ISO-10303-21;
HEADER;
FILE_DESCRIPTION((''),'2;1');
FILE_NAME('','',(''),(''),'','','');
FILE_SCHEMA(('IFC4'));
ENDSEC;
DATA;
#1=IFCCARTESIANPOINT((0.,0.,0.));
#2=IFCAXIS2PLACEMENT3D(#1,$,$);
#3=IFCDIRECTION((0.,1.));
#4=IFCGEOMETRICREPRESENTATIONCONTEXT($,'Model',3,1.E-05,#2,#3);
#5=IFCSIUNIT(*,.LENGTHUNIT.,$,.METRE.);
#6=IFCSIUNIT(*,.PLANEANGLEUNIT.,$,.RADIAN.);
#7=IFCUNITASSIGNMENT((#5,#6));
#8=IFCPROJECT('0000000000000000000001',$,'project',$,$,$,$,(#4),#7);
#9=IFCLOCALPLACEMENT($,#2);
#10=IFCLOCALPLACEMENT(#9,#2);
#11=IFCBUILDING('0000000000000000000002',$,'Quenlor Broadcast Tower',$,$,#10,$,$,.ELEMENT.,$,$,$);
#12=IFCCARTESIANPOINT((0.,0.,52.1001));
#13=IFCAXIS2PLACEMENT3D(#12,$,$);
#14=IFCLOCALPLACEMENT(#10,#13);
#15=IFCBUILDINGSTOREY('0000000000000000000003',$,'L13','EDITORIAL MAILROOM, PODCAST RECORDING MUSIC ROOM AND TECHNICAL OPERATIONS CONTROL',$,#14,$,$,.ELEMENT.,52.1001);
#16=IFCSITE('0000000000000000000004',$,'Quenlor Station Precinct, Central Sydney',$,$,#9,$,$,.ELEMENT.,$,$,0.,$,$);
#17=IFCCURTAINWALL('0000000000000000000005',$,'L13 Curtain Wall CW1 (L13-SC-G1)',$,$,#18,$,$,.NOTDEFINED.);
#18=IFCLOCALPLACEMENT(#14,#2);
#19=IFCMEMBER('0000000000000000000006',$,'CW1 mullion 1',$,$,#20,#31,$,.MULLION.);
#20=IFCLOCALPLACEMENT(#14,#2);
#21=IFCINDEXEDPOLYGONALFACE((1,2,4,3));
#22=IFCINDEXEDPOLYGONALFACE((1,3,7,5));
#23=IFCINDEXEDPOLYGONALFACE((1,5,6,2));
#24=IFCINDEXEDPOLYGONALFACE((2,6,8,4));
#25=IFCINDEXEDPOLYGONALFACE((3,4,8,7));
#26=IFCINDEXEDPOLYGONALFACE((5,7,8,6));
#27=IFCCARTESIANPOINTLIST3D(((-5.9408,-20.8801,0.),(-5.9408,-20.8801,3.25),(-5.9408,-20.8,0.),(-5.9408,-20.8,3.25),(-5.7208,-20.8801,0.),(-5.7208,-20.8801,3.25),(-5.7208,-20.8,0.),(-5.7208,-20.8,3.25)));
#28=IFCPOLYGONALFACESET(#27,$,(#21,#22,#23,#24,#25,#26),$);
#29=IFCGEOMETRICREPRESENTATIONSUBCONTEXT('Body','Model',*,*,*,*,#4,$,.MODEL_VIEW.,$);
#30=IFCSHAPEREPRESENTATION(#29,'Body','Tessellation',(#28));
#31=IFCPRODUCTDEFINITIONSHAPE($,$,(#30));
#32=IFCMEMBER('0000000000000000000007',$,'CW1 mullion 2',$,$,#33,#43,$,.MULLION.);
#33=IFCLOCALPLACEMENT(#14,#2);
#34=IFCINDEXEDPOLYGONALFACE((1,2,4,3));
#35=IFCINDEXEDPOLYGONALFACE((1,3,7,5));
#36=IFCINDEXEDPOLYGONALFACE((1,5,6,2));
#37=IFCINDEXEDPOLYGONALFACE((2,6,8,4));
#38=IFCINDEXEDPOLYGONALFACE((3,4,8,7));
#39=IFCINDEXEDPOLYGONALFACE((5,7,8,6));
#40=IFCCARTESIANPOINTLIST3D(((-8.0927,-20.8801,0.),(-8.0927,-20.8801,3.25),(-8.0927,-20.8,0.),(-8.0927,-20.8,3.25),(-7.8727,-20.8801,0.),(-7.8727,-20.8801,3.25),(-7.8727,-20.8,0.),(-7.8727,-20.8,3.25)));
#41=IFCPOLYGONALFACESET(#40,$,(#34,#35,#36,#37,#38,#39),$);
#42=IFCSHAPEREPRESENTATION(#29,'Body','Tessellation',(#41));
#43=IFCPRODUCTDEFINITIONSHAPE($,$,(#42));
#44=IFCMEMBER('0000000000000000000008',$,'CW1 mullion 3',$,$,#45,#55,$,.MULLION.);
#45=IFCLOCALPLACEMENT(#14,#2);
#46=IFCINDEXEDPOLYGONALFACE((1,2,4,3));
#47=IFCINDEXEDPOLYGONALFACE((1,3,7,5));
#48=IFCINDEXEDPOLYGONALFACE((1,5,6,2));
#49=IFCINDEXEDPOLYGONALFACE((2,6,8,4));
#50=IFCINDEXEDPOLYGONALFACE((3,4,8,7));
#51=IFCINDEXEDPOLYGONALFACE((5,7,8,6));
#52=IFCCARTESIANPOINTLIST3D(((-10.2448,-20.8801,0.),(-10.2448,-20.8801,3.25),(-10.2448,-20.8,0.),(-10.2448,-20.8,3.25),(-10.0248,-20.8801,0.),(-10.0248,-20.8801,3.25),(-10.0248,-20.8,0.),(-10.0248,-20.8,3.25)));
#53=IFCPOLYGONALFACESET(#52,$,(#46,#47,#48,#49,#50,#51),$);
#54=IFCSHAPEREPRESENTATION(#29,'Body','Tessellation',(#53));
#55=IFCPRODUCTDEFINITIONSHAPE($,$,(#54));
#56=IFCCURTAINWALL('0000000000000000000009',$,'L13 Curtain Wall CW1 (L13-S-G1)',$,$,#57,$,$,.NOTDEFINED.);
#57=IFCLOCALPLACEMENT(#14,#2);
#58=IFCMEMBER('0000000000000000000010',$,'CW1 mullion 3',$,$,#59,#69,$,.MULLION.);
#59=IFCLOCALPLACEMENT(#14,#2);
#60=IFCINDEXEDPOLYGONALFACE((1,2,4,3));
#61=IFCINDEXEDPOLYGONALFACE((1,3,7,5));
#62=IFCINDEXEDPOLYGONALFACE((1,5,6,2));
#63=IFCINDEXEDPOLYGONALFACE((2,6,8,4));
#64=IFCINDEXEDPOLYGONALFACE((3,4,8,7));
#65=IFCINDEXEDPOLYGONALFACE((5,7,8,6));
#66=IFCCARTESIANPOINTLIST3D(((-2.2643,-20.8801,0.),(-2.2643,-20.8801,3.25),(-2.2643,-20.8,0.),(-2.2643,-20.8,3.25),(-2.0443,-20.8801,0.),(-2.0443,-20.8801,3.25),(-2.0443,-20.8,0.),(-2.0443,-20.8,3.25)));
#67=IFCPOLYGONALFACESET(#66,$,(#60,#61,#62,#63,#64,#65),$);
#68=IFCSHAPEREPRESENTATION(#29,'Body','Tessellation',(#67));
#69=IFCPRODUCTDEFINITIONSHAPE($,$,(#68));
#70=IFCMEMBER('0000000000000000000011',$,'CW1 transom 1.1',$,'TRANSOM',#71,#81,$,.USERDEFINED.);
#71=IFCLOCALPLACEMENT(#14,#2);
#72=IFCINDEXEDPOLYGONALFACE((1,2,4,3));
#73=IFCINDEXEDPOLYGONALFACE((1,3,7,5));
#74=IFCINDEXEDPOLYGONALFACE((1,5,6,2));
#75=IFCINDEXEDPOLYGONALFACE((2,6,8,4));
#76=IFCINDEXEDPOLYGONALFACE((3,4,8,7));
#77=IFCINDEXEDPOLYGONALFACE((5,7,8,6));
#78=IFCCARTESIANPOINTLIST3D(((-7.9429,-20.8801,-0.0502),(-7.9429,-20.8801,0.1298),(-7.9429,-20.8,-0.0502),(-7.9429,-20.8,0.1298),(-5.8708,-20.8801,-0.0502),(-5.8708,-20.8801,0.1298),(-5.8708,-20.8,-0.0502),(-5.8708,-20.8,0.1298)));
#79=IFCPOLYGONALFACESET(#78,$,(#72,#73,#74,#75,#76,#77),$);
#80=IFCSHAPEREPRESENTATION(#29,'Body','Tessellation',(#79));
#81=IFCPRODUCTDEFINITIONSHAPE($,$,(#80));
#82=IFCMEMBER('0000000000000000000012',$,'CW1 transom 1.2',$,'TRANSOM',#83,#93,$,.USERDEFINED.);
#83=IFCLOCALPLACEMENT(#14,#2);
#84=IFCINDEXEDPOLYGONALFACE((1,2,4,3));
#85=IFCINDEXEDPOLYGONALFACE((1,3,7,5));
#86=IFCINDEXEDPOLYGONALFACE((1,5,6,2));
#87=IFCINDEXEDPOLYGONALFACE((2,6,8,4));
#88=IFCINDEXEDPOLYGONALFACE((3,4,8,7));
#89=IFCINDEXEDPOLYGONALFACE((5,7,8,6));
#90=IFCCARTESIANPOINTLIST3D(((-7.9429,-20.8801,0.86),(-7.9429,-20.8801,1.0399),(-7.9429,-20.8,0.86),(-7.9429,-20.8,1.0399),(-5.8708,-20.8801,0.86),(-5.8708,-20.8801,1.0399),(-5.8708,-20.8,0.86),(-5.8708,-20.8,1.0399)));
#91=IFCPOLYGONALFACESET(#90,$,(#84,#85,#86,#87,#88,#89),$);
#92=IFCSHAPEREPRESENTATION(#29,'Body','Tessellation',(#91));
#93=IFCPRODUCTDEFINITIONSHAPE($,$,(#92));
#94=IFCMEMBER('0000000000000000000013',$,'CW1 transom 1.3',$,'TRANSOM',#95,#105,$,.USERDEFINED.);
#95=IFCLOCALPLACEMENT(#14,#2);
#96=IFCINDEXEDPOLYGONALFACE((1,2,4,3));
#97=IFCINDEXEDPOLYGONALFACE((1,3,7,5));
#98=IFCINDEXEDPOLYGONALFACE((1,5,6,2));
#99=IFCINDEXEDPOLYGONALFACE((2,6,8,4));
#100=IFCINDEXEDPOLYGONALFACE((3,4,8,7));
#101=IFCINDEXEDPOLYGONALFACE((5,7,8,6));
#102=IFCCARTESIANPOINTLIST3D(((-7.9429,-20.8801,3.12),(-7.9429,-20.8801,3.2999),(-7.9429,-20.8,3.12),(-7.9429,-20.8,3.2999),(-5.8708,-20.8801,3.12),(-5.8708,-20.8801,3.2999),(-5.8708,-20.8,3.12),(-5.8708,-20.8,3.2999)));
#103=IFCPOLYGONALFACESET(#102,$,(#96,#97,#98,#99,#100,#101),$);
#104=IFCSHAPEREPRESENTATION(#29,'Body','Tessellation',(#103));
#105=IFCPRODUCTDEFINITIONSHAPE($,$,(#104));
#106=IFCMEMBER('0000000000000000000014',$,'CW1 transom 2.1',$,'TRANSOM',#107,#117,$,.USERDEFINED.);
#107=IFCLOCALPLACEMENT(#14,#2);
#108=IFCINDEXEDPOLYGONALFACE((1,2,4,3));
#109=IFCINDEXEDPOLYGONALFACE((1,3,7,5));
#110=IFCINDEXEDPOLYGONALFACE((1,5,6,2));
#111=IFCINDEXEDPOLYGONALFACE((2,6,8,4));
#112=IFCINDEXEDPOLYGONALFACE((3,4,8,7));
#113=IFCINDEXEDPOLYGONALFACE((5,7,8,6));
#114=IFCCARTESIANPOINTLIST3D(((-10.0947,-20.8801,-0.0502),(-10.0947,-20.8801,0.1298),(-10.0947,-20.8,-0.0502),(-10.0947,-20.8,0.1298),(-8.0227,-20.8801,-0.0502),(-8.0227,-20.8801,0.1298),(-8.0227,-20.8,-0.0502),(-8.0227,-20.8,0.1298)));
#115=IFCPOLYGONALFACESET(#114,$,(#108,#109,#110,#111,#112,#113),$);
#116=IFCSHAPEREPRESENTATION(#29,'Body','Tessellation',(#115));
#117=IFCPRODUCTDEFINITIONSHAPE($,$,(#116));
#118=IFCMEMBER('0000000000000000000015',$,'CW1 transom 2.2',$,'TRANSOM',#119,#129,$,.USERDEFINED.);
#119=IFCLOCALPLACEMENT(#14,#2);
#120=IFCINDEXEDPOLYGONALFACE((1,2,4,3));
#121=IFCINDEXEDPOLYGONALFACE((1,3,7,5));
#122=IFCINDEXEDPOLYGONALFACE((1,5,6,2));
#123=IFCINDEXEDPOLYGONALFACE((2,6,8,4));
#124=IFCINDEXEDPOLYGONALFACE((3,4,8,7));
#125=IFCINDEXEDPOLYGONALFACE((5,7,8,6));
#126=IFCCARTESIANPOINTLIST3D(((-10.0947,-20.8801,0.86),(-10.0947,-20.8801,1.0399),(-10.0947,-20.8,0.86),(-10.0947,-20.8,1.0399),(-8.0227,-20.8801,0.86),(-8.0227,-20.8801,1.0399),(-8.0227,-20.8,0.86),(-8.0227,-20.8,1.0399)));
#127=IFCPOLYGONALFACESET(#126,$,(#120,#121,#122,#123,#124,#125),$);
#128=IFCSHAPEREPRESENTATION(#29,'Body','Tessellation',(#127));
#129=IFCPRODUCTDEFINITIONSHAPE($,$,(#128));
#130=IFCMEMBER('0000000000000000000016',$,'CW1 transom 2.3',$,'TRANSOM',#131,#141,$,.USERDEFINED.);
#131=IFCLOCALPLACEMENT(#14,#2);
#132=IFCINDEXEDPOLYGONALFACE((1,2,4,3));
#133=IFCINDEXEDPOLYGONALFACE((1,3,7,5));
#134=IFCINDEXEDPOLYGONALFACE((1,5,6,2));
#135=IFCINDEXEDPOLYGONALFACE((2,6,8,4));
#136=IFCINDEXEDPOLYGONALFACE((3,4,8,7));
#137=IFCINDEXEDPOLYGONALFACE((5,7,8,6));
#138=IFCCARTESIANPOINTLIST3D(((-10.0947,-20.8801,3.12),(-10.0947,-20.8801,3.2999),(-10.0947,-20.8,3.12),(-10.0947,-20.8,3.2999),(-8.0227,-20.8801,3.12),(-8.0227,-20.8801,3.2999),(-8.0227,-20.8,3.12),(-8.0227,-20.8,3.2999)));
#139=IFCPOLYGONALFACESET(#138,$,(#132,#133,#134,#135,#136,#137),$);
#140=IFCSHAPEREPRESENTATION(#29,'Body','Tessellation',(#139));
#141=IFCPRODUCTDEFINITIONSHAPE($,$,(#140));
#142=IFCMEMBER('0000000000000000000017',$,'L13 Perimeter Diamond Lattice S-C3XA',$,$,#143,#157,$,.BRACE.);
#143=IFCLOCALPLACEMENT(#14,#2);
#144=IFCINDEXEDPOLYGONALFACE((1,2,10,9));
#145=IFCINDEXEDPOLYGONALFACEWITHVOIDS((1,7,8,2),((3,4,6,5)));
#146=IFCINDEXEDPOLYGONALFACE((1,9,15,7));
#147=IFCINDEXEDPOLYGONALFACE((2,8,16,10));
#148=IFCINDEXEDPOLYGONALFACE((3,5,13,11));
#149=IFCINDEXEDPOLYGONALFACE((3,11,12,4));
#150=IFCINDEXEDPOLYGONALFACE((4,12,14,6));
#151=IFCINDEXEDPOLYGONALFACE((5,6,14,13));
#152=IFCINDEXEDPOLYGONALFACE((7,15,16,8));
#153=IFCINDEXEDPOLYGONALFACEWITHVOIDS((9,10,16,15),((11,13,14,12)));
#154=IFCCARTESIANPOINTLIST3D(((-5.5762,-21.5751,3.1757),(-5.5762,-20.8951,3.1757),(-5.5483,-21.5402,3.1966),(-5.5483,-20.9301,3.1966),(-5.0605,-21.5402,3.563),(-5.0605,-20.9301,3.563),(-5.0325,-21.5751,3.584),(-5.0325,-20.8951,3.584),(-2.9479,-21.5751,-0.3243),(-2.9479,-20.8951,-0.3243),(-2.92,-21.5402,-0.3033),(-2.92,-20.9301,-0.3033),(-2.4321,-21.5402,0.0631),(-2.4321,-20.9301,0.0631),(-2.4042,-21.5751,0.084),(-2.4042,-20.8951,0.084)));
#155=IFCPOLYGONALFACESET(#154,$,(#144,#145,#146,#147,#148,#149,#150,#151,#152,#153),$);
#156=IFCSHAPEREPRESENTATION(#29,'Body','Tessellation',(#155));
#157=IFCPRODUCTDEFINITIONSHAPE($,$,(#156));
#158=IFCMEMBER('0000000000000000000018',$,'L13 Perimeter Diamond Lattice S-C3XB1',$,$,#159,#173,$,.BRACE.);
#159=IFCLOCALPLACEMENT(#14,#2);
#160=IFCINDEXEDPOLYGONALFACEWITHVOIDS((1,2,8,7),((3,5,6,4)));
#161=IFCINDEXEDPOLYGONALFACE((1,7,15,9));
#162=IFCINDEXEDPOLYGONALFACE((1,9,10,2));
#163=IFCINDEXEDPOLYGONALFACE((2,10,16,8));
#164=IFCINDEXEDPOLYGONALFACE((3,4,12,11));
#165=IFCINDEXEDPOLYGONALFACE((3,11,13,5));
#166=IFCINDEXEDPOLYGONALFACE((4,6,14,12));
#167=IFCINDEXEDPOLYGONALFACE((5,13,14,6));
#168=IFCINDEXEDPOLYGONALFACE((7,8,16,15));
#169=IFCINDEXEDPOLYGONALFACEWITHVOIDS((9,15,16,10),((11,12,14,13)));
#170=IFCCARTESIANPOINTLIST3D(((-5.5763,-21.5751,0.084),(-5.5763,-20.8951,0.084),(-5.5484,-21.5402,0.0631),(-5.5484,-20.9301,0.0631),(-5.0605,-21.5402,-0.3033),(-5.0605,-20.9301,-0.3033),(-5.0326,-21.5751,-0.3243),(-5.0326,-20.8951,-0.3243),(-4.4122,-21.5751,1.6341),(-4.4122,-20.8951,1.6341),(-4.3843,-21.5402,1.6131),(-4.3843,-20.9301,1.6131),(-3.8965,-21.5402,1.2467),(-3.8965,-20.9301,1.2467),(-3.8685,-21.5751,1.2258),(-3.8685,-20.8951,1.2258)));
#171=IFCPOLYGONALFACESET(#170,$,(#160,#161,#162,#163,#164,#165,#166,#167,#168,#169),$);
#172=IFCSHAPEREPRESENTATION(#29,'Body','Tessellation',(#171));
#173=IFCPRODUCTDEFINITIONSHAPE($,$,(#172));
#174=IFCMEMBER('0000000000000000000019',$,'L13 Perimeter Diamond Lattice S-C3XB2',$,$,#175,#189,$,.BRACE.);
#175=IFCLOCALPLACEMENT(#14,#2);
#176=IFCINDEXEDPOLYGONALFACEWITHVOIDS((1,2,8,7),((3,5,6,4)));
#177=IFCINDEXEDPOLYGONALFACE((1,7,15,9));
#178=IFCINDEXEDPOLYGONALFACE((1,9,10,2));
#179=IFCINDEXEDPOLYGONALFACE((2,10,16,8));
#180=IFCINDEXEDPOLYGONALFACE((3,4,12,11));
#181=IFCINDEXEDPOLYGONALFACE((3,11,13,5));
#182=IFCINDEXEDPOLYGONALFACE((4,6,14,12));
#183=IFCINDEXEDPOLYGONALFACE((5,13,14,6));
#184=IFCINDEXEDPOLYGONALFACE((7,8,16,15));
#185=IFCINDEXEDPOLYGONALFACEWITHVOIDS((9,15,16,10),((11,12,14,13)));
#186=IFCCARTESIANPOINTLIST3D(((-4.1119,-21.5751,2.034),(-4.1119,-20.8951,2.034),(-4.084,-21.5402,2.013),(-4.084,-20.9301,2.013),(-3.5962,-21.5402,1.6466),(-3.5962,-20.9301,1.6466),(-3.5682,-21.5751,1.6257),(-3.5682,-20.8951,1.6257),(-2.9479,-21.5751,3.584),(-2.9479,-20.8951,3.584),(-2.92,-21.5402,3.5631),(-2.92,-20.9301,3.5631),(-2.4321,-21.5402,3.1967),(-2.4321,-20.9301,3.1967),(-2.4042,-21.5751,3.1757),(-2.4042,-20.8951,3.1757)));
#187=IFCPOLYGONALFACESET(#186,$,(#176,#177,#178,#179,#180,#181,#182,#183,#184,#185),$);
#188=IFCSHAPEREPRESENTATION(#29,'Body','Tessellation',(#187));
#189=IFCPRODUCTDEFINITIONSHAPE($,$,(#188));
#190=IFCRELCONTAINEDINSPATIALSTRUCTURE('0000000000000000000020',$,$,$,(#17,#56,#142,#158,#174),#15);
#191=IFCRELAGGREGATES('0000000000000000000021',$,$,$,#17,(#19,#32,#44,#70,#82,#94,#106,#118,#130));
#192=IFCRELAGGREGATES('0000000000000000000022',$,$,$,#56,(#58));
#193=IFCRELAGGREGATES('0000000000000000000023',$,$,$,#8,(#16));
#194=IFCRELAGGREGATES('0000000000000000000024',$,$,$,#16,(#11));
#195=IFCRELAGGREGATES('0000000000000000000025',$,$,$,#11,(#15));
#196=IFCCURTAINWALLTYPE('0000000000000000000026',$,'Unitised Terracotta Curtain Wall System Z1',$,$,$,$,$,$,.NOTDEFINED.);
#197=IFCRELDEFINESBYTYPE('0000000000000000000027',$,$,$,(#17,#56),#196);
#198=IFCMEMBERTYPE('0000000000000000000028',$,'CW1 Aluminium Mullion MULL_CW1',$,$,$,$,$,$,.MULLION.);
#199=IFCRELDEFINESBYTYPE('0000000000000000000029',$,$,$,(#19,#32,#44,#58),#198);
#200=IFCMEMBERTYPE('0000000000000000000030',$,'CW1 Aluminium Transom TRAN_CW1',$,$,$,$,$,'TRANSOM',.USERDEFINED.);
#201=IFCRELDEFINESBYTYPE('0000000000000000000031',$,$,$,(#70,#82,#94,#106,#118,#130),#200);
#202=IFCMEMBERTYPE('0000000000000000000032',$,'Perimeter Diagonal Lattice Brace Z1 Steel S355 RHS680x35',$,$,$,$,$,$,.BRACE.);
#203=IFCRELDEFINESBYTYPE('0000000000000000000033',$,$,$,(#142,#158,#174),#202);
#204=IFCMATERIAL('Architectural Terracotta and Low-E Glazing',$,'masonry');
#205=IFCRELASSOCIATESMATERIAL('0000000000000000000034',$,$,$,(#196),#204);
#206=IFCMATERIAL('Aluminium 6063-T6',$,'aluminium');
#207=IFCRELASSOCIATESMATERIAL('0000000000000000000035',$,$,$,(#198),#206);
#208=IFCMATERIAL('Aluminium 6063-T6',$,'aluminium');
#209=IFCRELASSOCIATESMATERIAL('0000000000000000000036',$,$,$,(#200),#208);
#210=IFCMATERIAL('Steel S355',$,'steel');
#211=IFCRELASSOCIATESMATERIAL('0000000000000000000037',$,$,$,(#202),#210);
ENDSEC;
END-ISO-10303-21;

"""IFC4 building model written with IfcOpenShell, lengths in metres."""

from ifc_helpers import new_model, si_unit, direction, frame, origin, origin_2d, place, context, subcontext, project, spatial, rectangle, hollow_rectangle, extrude, material, material_profile, profile_set, type_object, element, aggregate, save


model = new_model("IFC4")

# Units and contexts
model_context = context("Model", 3, precision=1e-05, world=origin(), true_north=direction((0.0, 1.0)))
body_context = subcontext(model_context, "Body", "Model", "MODEL_VIEW")
ifc_project = project(units=[si_unit("LENGTHUNIT", "METRE"), si_unit("PLANEANGLEUNIT", "RADIAN")], contexts=[model_context])

# Site, building, storey
site_placement = place(None, origin())
site = spatial("IfcSite", under=ifc_project, at=site_placement, Name="Quenlor Station Precinct, Central Sydney", CompositionType="ELEMENT", RefElevation=0.0)
building_placement = place(site_placement, origin())
building = spatial("IfcBuilding", under=site, at=building_placement, Name="Quenlor Broadcast Tower", CompositionType="ELEMENT")
storey_placement = place(building_placement, frame((0.0, 0.0, 52.1001)))
storey = spatial("IfcBuildingStorey", under=building, at=storey_placement, Name="L13", Description="EDITORIAL MAILROOM, PODCAST RECORDING MUSIC ROOM AND TECHNICAL OPERATIONS CONTROL", CompositionType="ELEMENT", Elevation=52.1001)

# Curtain wall, members
ifc_material_1 = material(Name="Architectural Terracotta and Low-E Glazing", Category="masonry")
curtain_wall_type = type_object("IfcCurtainWallType", Name="Unitised Terracotta Curtain Wall System Z1", PredefinedType="NOTDEFINED", material=ifc_material_1)
curtain_wall_1_placement = place(storey_placement, origin())
curtain_wall_1 = element("IfcCurtainWall", 1, at=curtain_wall_1_placement, inside=storey, type_object=curtain_wall_type, Name="L13 Curtain Wall CW1 (L13-SC-G1)", PredefinedType="NOTDEFINED")
ifc_material_2 = material(Name="Aluminium 6063-T6", Category="aluminium")
ifc_material_profile_1 = material_profile(ifc_material_2, rectangle(XDim=0.0801, YDim=0.22, at=origin_2d()))
ifc_profile_set_1 = profile_set([ifc_material_profile_1], Name="Aluminium 6063-T6 MULL80x220")
member_type_1 = type_object("IfcMemberType", Name="CW1 Aluminium Mullion MULL_CW1", PredefinedType="MULLION", material=ifc_profile_set_1)
member_1_placement = place(storey_placement, frame((-5.8308, -20.8401, 0.0), z_axis=(0.0, 0.0, 1.0), x_axis=(0.0, -1.0, 0.0)))
member_1 = element("IfcMember", 2, at=member_1_placement, type_object=member_type_1, Name="CW1 mullion 1", PredefinedType="MULLION", context=body_context, shape_type="SweptSolid", body=[
    extrude(rectangle(XDim=0.0801, YDim=0.22, at=origin_2d()), origin(), (0.0, 0.0, 1.0), 3.25),
])
member_2_placement = place(storey_placement, frame((-7.9827, -20.8401, 0.0), z_axis=(0.0, 0.0, 1.0), x_axis=(0.0, -1.0, 0.0)))
member_2 = element("IfcMember", 3, at=member_2_placement, type_object=member_type_1, Name="CW1 mullion 2", PredefinedType="MULLION", context=body_context, shape_type="SweptSolid", body=[
    extrude(rectangle(XDim=0.0801, YDim=0.22, at=origin_2d()), origin(), (0.0, 0.0, 1.0), 3.25),
])
member_3_placement = place(storey_placement, frame((-10.1348, -20.8401, 0.0), z_axis=(0.0, 0.0, 1.0), x_axis=(0.0, -1.0, 0.0)))
member_3 = element("IfcMember", 4, at=member_3_placement, type_object=member_type_1, Name="CW1 mullion 3", PredefinedType="MULLION", context=body_context, shape_type="SweptSolid", body=[
    extrude(rectangle(XDim=0.0801, YDim=0.22, at=origin_2d()), origin(), (0.0, 0.0, 1.0), 3.25),
])

# Curtain wall, member
curtain_wall_2_placement = place(storey_placement, origin())
curtain_wall_2 = element("IfcCurtainWall", 5, at=curtain_wall_2_placement, inside=storey, type_object=curtain_wall_type, Name="L13 Curtain Wall CW1 (L13-S-G1)", PredefinedType="NOTDEFINED")
member_4_placement = place(storey_placement, frame((-2.1543, -20.8401, 0.0), z_axis=(0.0, 0.0, 1.0), x_axis=(0.0, -1.0, 0.0)))
member_4 = element("IfcMember", 6, at=member_4_placement, type_object=member_type_1, Name="CW1 mullion 3", PredefinedType="MULLION", context=body_context, shape_type="SweptSolid", body=[
    extrude(rectangle(XDim=0.0801, YDim=0.22, at=origin_2d()), origin(), (0.0, 0.0, 1.0), 3.25),
])

# Members
ifc_material_3 = material(Name="Aluminium 6063-T6", Category="aluminium")
ifc_material_profile_2 = material_profile(ifc_material_3, rectangle(XDim=0.0801, YDim=0.1799, at=origin_2d()))
ifc_profile_set_2 = profile_set([ifc_material_profile_2], Name="Aluminium 6063-T6 TRAN80x180")
member_type_2 = type_object("IfcMemberType", Name="CW1 Aluminium Transom TRAN_CW1", ElementType="TRANSOM", PredefinedType="USERDEFINED", material=ifc_profile_set_2)
member_5_placement = place(storey_placement, frame((-5.8708, -20.8401, 0.0398), z_axis=(-1.0, 0.0, 0.0), x_axis=(0.0, -1.0, 0.0)))
member_5 = element("IfcMember", 7, at=member_5_placement, type_object=member_type_2, Name="CW1 transom 1.1", ObjectType="TRANSOM", PredefinedType="USERDEFINED", context=body_context, shape_type="SweptSolid", body=[
    extrude(rectangle(XDim=0.0801, YDim=0.1799, at=origin_2d()), origin(), (0.0, 0.0, 1.0), 2.072),
])
member_6_placement = place(storey_placement, frame((-5.8708, -20.8401, 0.95), z_axis=(-1.0, 0.0, 0.0), x_axis=(0.0, -1.0, 0.0)))
member_6 = element("IfcMember", 8, at=member_6_placement, type_object=member_type_2, Name="CW1 transom 1.2", ObjectType="TRANSOM", PredefinedType="USERDEFINED", context=body_context, shape_type="SweptSolid", body=[
    extrude(rectangle(XDim=0.0801, YDim=0.1799, at=origin_2d()), origin(), (0.0, 0.0, 1.0), 2.072),
])
member_7_placement = place(storey_placement, frame((-5.8708, -20.8401, 3.21), z_axis=(-1.0, 0.0, 0.0), x_axis=(0.0, -1.0, 0.0)))
member_7 = element("IfcMember", 9, at=member_7_placement, type_object=member_type_2, Name="CW1 transom 1.3", ObjectType="TRANSOM", PredefinedType="USERDEFINED", context=body_context, shape_type="SweptSolid", body=[
    extrude(rectangle(XDim=0.0801, YDim=0.1799, at=origin_2d()), origin(), (0.0, 0.0, 1.0), 2.072),
])
member_8_placement = place(storey_placement, frame((-8.0227, -20.8401, 0.0398), z_axis=(-1.0, 0.0, 0.0), x_axis=(0.0, -1.0, 0.0)))
member_8 = element("IfcMember", 10, at=member_8_placement, type_object=member_type_2, Name="CW1 transom 2.1", ObjectType="TRANSOM", PredefinedType="USERDEFINED", context=body_context, shape_type="SweptSolid", body=[
    extrude(rectangle(XDim=0.0801, YDim=0.1799, at=origin_2d()), origin(), (0.0, 0.0, 1.0), 2.072),
])
member_9_placement = place(storey_placement, frame((-8.0227, -20.8401, 0.95), z_axis=(-1.0, 0.0, 0.0), x_axis=(0.0, -1.0, 0.0)))
member_9 = element("IfcMember", 11, at=member_9_placement, type_object=member_type_2, Name="CW1 transom 2.2", ObjectType="TRANSOM", PredefinedType="USERDEFINED", context=body_context, shape_type="SweptSolid", body=[
    extrude(rectangle(XDim=0.0801, YDim=0.1799, at=origin_2d()), origin(), (0.0, 0.0, 1.0), 2.072),
])
member_10_placement = place(storey_placement, frame((-8.0227, -20.8401, 3.21), z_axis=(-1.0, 0.0, 0.0), x_axis=(0.0, -1.0, 0.0)))
member_10 = element("IfcMember", 12, at=member_10_placement, type_object=member_type_2, Name="CW1 transom 2.3", ObjectType="TRANSOM", PredefinedType="USERDEFINED", context=body_context, shape_type="SweptSolid", body=[
    extrude(rectangle(XDim=0.0801, YDim=0.1799, at=origin_2d()), origin(), (0.0, 0.0, 1.0), 2.072),
])

# Members
ifc_material_4 = material(Name="Steel S355", Category="steel")
ifc_material_profile_3 = material_profile(ifc_material_4, hollow_rectangle(XDim=0.6799, YDim=0.6799, WallThickness=0.0349, at=origin_2d()))
ifc_profile_set_3 = profile_set([ifc_material_profile_3], Name="Steel S355 RHS680x680x35")
member_type_3 = type_object("IfcMemberType", Name="Perimeter Diagonal Lattice Brace Z1 Steel S355 RHS680x35", PredefinedType="BRACE", material=ifc_profile_set_3)
member_11_placement = place(storey_placement, frame((-2.676, -21.2351, -0.1201), z_axis=(-0.6005, 0.0, 0.799625), x_axis=(0.0, -1.0, 0.0)))
element("IfcMember", 13, at=member_11_placement, inside=storey, type_object=member_type_3, Name="L13 Perimeter Diamond Lattice S-C3XA", PredefinedType="BRACE", context=body_context, shape_type="SweptSolid", body=[
    extrude(hollow_rectangle(XDim=0.6799, YDim=0.6799, WallThickness=0.0349, at=origin_2d()), origin(), (0.0, 0.0, 1.0), 4.377),
])
for number, where, z_axis, x_axis, name in (
    (14, (-5.3044, -21.2351, -0.1201), (0.600504, 0.0, 0.799622), (0.0, 1.0, 0.0), "L13 Perimeter Diamond Lattice S-C3XB1"),
    (15, (-3.8401, -21.2351, 1.8298), (0.600504, 0.0, 0.799622), (0.0, 1.0, 0.0), "L13 Perimeter Diamond Lattice S-C3XB2"),
):
    element("IfcMember", number, at=place(storey_placement, frame(where, z_axis=z_axis, x_axis=x_axis)), inside=storey, type_object=member_type_3, Name=name, PredefinedType="BRACE", context=body_context, shape_type="SweptSolid", body=[
        extrude(hollow_rectangle(XDim=0.6799, YDim=0.6799, WallThickness=0.0349, at=origin_2d()), origin(), (0.0, 0.0, 1.0), 1.9385),
    ])

aggregate(curtain_wall_1, [member_1, member_2, member_3, member_5, member_6, member_7, member_8, member_9, member_10])
aggregate(curtain_wall_2, [member_4])

save(model, "model.ifc")
